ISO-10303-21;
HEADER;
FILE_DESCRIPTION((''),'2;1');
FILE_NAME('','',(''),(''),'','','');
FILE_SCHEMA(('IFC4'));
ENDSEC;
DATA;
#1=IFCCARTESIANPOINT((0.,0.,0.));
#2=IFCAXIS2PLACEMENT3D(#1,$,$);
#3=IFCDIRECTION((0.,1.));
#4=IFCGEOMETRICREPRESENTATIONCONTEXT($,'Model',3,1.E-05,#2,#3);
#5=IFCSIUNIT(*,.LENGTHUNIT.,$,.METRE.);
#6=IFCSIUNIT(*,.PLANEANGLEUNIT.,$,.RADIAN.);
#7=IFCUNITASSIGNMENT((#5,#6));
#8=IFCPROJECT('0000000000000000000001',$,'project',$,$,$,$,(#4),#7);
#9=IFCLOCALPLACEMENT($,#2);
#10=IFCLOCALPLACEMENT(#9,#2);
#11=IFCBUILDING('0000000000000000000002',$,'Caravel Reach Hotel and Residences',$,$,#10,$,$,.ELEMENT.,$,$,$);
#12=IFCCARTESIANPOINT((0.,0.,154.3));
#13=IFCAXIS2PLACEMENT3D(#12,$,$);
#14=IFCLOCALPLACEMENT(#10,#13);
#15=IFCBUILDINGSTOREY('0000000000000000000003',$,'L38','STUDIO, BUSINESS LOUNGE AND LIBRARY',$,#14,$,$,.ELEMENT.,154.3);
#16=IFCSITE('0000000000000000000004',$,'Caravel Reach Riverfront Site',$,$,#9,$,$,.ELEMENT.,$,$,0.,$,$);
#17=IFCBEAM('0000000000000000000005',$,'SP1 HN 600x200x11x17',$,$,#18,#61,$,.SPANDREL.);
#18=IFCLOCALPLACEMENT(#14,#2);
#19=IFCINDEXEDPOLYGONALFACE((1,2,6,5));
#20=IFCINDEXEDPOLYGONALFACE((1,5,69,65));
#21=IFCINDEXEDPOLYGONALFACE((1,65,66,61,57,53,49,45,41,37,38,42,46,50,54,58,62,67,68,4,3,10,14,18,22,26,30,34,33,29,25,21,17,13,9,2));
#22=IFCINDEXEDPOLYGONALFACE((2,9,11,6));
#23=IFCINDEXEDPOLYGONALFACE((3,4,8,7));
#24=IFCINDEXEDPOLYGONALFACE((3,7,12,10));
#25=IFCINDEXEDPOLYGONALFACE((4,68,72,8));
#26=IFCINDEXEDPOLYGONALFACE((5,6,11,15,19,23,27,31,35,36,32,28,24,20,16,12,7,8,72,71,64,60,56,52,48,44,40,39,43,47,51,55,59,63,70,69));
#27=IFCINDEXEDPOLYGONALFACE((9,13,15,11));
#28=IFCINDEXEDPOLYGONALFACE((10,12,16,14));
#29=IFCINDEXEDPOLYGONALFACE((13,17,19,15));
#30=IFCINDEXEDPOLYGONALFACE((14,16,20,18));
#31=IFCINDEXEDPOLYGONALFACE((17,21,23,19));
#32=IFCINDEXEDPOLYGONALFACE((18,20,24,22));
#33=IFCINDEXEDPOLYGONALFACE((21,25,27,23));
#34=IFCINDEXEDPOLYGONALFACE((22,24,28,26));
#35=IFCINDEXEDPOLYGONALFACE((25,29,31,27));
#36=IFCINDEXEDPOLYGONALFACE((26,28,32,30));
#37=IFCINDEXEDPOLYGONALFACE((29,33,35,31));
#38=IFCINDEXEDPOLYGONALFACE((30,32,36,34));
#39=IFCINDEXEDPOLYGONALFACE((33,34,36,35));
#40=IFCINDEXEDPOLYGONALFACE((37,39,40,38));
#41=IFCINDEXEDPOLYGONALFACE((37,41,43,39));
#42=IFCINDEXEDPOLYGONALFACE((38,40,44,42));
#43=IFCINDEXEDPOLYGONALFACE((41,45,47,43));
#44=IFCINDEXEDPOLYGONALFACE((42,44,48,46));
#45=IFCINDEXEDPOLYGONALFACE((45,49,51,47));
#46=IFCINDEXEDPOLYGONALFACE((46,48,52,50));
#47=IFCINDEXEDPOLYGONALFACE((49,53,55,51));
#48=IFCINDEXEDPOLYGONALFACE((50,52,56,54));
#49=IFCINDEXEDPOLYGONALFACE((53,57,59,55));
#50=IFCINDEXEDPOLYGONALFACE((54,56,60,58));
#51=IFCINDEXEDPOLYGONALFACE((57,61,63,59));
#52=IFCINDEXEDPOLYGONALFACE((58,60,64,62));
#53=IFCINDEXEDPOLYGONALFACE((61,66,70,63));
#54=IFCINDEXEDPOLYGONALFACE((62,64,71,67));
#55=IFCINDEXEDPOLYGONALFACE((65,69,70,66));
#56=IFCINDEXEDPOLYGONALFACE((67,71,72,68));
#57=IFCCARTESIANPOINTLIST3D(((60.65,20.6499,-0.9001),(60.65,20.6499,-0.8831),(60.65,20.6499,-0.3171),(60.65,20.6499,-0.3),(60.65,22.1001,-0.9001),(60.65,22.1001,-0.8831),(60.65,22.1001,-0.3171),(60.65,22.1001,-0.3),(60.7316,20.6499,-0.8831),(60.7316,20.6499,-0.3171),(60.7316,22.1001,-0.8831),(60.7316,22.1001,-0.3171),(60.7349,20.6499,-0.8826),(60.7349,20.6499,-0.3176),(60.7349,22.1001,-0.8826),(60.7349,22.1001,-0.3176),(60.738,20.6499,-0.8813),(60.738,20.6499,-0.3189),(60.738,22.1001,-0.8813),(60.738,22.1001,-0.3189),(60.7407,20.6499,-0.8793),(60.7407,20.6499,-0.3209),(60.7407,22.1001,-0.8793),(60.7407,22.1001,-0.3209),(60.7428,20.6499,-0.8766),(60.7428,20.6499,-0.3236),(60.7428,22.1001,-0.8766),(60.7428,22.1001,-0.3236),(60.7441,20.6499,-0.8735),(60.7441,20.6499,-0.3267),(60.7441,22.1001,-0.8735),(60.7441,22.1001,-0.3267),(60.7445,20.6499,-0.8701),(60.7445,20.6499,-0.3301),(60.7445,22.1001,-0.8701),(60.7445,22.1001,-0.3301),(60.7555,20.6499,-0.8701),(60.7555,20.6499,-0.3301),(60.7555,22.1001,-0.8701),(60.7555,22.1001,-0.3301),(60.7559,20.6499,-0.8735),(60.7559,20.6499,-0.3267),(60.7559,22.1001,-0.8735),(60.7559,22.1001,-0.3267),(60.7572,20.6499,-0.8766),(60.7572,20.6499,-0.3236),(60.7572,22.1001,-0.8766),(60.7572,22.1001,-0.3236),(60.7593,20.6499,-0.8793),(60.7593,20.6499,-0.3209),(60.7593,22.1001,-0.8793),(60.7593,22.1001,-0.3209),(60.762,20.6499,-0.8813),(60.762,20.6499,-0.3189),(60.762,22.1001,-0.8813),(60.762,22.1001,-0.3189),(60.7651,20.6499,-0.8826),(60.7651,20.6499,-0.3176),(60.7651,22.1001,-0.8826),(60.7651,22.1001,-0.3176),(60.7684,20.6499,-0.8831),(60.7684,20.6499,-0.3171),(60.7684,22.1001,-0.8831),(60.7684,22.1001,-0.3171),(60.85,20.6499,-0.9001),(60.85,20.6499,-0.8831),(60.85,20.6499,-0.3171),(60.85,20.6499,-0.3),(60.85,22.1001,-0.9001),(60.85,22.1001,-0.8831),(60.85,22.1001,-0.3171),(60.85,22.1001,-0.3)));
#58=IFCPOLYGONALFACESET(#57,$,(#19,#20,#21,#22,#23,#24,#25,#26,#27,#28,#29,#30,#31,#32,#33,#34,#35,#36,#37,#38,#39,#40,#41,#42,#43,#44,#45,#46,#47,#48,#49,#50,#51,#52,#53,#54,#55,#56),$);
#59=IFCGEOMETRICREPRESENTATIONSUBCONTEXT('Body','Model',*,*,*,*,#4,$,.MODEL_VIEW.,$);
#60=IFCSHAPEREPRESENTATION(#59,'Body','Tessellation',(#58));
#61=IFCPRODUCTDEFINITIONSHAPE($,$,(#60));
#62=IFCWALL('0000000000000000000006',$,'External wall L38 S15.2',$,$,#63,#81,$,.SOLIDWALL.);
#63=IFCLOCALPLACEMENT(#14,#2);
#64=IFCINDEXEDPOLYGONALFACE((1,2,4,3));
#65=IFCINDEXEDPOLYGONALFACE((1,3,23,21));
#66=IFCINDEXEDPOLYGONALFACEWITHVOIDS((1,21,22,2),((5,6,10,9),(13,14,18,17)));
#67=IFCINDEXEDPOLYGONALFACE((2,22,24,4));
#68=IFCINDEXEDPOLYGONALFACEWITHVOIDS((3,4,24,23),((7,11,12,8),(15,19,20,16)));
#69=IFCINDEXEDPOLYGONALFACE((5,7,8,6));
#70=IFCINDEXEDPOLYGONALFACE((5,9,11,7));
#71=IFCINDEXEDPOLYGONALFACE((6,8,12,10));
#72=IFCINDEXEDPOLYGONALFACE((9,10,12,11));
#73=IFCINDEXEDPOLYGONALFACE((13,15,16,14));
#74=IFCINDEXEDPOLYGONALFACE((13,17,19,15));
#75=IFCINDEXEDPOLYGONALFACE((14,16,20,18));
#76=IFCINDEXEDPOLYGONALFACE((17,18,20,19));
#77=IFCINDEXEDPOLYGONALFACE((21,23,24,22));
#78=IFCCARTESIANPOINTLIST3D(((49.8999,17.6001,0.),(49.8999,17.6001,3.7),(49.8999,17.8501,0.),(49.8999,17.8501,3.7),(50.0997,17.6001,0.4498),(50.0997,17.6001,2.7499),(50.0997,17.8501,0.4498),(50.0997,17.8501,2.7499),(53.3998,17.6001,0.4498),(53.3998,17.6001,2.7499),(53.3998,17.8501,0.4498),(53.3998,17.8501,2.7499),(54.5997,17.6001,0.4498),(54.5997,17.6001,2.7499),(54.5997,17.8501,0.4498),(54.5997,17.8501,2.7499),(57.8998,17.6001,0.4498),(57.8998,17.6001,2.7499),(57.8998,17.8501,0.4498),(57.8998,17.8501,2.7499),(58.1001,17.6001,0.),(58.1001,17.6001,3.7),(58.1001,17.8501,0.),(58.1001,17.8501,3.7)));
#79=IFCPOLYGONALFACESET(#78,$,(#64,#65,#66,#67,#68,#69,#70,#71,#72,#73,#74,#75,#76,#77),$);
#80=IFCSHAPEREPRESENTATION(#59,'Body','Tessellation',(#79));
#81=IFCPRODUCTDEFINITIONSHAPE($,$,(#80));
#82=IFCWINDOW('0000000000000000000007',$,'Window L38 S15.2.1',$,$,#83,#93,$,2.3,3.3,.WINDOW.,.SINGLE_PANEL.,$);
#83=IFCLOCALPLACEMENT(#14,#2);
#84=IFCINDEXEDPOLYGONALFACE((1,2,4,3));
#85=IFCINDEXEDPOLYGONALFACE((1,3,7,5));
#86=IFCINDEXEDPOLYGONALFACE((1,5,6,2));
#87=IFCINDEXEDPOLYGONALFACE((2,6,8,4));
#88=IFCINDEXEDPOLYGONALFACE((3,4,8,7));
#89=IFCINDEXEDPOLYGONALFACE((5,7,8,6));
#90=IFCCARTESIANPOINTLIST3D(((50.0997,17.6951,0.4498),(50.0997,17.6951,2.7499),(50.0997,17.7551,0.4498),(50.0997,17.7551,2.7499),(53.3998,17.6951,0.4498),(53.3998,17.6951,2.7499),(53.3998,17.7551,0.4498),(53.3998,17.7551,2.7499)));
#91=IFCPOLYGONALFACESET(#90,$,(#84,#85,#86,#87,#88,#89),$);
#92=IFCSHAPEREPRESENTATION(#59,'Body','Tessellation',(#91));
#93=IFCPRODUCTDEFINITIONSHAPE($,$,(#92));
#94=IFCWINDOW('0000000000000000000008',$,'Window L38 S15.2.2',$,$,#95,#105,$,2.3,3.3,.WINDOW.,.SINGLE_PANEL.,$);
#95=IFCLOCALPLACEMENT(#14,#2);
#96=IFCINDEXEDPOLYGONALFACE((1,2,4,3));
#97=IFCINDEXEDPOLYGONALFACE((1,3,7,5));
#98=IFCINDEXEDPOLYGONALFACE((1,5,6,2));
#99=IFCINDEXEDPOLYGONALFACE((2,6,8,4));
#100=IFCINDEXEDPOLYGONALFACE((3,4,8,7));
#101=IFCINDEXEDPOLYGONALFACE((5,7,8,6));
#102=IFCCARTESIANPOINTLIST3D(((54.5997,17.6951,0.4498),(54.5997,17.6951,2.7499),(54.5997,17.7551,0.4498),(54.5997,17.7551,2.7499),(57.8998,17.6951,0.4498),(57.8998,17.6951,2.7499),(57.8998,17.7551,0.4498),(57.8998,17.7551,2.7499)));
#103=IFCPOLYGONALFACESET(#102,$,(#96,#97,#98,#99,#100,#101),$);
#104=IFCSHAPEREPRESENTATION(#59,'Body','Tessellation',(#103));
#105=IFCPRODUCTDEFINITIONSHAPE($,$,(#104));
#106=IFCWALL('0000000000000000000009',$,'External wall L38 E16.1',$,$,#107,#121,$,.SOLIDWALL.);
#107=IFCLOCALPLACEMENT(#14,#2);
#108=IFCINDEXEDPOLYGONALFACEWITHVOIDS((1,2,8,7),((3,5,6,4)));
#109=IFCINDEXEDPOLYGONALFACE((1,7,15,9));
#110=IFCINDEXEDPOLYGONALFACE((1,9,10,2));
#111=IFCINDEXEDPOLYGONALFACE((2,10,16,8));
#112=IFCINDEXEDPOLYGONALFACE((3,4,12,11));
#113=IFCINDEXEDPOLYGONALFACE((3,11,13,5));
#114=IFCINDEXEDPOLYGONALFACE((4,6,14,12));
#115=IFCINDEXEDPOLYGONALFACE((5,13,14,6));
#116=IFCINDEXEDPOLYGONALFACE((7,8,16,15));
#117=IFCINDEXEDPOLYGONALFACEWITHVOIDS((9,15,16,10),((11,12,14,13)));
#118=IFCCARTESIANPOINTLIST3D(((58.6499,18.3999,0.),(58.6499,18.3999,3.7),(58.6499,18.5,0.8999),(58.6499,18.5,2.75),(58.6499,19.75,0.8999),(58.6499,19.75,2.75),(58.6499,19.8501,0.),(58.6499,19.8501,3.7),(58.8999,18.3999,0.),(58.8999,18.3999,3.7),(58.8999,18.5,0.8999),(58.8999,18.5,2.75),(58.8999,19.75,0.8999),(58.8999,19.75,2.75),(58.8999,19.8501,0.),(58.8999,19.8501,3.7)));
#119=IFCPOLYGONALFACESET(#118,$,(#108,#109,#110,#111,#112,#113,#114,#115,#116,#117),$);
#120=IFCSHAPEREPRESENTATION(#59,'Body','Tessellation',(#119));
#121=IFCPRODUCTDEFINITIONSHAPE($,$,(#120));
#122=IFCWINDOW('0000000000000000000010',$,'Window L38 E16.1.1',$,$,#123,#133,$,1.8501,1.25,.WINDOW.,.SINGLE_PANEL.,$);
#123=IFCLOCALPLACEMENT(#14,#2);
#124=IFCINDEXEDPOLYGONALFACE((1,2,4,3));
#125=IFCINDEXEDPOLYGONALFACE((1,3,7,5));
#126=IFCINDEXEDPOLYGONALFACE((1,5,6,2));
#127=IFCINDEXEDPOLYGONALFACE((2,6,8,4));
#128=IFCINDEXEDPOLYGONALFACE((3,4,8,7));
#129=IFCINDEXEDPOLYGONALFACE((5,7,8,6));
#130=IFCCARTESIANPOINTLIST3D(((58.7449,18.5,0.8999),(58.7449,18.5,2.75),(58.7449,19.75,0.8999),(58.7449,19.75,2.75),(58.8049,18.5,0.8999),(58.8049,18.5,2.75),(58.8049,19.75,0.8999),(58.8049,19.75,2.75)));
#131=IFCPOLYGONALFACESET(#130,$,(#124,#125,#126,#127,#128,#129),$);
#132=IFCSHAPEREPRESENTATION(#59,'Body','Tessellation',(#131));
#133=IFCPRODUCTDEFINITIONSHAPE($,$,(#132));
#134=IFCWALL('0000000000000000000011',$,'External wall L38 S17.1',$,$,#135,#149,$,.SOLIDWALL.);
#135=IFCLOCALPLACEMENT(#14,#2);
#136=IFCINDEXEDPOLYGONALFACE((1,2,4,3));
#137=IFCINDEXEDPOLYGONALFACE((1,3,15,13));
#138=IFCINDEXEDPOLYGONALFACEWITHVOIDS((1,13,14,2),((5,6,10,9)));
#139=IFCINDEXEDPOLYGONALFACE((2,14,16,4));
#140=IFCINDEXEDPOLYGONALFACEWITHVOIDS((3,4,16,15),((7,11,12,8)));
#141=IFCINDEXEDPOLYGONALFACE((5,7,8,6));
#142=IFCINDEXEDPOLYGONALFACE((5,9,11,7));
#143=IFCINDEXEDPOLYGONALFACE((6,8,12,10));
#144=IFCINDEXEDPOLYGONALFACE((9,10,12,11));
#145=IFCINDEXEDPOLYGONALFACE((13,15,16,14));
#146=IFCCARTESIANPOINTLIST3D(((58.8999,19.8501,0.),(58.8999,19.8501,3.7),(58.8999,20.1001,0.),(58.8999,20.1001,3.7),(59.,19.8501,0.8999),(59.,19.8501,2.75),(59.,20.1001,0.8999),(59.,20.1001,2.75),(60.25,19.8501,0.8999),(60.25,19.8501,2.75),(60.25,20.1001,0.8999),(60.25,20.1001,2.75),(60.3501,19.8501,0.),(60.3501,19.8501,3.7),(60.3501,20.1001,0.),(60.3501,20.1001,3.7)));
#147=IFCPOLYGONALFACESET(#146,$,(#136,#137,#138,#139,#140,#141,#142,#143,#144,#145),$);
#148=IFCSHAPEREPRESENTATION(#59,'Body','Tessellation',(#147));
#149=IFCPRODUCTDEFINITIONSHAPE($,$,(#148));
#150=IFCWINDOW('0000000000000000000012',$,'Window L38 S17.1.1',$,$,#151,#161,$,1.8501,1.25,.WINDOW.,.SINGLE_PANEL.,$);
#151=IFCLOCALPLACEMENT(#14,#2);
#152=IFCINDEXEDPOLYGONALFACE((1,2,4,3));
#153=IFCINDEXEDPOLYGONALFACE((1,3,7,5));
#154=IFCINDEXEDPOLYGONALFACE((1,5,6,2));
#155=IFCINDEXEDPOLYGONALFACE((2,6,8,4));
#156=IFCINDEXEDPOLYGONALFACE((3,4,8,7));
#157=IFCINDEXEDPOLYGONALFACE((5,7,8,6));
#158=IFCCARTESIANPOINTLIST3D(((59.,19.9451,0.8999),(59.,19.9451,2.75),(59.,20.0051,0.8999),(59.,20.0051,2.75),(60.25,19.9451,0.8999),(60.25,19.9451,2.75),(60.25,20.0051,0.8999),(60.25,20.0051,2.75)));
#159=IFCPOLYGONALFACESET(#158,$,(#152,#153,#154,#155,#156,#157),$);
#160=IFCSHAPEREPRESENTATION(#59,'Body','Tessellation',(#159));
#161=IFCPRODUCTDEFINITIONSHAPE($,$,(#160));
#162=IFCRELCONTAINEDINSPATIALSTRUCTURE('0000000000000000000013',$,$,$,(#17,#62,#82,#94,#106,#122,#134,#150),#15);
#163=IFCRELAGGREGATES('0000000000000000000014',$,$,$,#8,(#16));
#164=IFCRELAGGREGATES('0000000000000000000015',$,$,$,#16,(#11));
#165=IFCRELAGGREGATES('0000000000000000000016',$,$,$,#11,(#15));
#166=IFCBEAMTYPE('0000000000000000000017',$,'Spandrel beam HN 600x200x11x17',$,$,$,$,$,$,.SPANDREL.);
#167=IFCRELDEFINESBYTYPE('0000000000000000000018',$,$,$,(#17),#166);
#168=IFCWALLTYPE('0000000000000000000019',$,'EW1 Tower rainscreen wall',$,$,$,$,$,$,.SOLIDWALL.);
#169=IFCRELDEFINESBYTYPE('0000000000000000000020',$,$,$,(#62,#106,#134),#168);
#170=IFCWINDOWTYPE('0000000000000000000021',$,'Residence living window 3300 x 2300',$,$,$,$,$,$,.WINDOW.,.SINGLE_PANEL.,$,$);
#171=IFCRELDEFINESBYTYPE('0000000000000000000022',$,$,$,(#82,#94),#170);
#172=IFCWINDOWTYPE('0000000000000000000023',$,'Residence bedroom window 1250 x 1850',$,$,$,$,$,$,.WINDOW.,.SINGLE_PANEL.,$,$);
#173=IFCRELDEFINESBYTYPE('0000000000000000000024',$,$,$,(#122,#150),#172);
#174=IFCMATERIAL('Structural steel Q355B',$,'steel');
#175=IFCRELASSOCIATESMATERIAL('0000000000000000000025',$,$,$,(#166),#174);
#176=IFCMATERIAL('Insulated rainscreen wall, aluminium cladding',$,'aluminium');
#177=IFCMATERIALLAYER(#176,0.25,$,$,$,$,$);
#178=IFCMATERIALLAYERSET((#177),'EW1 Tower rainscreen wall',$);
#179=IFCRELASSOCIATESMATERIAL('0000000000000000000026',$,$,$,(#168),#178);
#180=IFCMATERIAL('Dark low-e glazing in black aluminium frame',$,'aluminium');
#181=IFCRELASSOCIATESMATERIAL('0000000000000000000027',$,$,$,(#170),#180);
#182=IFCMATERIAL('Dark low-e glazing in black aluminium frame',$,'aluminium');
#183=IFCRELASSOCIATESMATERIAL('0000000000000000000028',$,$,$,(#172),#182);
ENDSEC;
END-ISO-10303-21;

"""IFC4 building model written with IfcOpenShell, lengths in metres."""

from ifc_helpers import new_model, si_unit, direction, frame, frame_2d, origin, origin_2d, place, context, subcontext, project, spatial, rectangle, i_section, extrude, material, layer, layer_set, material_profile, profile_set, type_object, element, fill, save


model = new_model("IFC4")

# Units and contexts
model_context = context("Model", 3, precision=1e-05, world=origin(), true_north=direction((0.0, 1.0)))
body_context = subcontext(model_context, "Body", "Model", "MODEL_VIEW")
ifc_project = project(units=[si_unit("LENGTHUNIT", "METRE"), si_unit("PLANEANGLEUNIT", "RADIAN")], contexts=[model_context])

# Site, building, storey
site_placement = place(None, origin())
site = spatial("IfcSite", under=ifc_project, at=site_placement, Name="Caravel Reach Riverfront Site", CompositionType="ELEMENT", RefElevation=0.0)
building_placement = place(site_placement, origin())
building = spatial("IfcBuilding", under=site, at=building_placement, Name="Caravel Reach Hotel and Residences", CompositionType="ELEMENT")
storey_placement = place(building_placement, frame((0.0, 0.0, 154.3)))
storey = spatial("IfcBuildingStorey", under=building, at=storey_placement, Name="L38", Description="STUDIO, BUSINESS LOUNGE AND LIBRARY", CompositionType="ELEMENT", Elevation=154.3)

# Beam
ifc_material_1 = material(Name="Structural steel Q355B", Category="steel")
ifc_material_profile_1 = material_profile(ifc_material_1, i_section(OverallWidth=0.2, OverallDepth=0.6001, WebThickness=0.011, FlangeThickness=0.0171, FilletRadius=0.0129, at=origin_2d()), Name="HN 600x200x11x17")
ifc_profile_set_1 = profile_set([ifc_material_profile_1], Name="Structural steel Q355B")
beam_type_1 = type_object("IfcBeamType", Name="Spandrel beam HN 600x200x11x17", PredefinedType="SPANDREL", material=ifc_profile_set_1)
for number, where, z_axis, x_axis, name in (
    (1, (60.75, 20.6499, -0.6001), (0.0, 1.0, 0.0), (-1.0, 0.0, 0.0), "SP1 HN 600x200x11x17"),
):
    element("IfcBeam", number, at=place(storey_placement, frame(where, z_axis=z_axis, x_axis=x_axis)), inside=storey, type_object=beam_type_1, Name=name, PredefinedType="SPANDREL", context=body_context, shape_type="SweptSolid", body=[
        extrude(i_section(OverallWidth=0.2, OverallDepth=0.6001, WebThickness=0.011, FlangeThickness=0.0171, FilletRadius=0.0129, at=origin_2d()), origin(), (0.0, 0.0, 1.0), 1.4502),
    ])

# Wall, openings, windows
ifc_material_2 = material(Name="Insulated rainscreen wall, aluminium cladding", Category="aluminium")
ifc_layer_1 = layer(ifc_material_2, 0.25)
ifc_layer_set_1 = layer_set([ifc_layer_1], Name="EW1 Tower rainscreen wall")
wall_type_1 = type_object("IfcWallType", Name="EW1 Tower rainscreen wall", PredefinedType="SOLIDWALL", material=ifc_layer_set_1)
wall_1_placement = place(storey_placement, frame((49.8999, 17.7251, 0.0), z_axis=(0.0, 0.0, 1.0), x_axis=(1.0, 0.0, 0.0)))
wall_1 = element("IfcWall", 2, at=wall_1_placement, inside=storey, type_object=wall_type_1, Name="External wall L38 S15.2", PredefinedType="SOLIDWALL", context=body_context, shape_type="SweptSolid", body=[
    extrude(rectangle(XDim=8.2002, YDim=0.25, at=frame_2d((4.1001, 0.0))), origin(), (0.0, 0.0, 1.0), 3.7),
])
opening_1_placement = place(wall_1_placement, frame((0.2, 0.0, 0.45)))
opening_1 = element("IfcOpeningElement", 3, at=opening_1_placement, cuts=wall_1, PredefinedType="OPENING", context=body_context, shape_type="SweptSolid", body=[
    extrude(rectangle(XDim=3.3, YDim=2.3, at=frame_2d((1.6499, 1.1499))), frame((0.0, 0.135, 0.0), z_axis=(0.0, -1.0, 0.0), x_axis=(1.0, 0.0, 0.0)), (0.0, 0.0, 1.0), 0.27),
])
opening_2_placement = place(wall_1_placement, frame((4.7, 0.0, 0.45)))
opening_2 = element("IfcOpeningElement", 4, at=opening_2_placement, cuts=wall_1, PredefinedType="OPENING", context=body_context, shape_type="SweptSolid", body=[
    extrude(rectangle(XDim=3.3, YDim=2.3, at=frame_2d((1.6499, 1.1499))), frame((0.0, 0.135, 0.0), z_axis=(0.0, -1.0, 0.0), x_axis=(1.0, 0.0, 0.0)), (0.0, 0.0, 1.0), 0.27),
])
ifc_material_3 = material(Name="Dark low-e glazing in black aluminium frame", Category="aluminium")
window_type_1 = type_object("IfcWindowType", Name="Residence living window 3300 x 2300", PartitioningType="SINGLE_PANEL", PredefinedType="WINDOW", material=ifc_material_3)
window_1_placement = place(opening_1_placement, origin())
window_1 = element("IfcWindow", 5, at=window_1_placement, inside=storey, type_object=window_type_1, Name="Window L38 S15.2.1", OverallHeight=2.3, OverallWidth=3.3, PartitioningType="SINGLE_PANEL", PredefinedType="WINDOW", context=body_context, shape_type="SweptSolid", body=[
    extrude(rectangle(XDim=3.3, YDim=2.3, at=frame_2d((1.6499, 1.1499))), frame((0.0, 0.03, 0.0), z_axis=(0.0, -1.0, 0.0), x_axis=(1.0, 0.0, 0.0)), (0.0, 0.0, 1.0), 0.0601),
])
fill(opening_1, window_1)
window_2_placement = place(opening_2_placement, origin())
window_2 = element("IfcWindow", 6, at=window_2_placement, inside=storey, type_object=window_type_1, Name="Window L38 S15.2.2", OverallHeight=2.3, OverallWidth=3.3, PartitioningType="SINGLE_PANEL", PredefinedType="WINDOW", context=body_context, shape_type="SweptSolid", body=[
    extrude(rectangle(XDim=3.3, YDim=2.3, at=frame_2d((1.6499, 1.1499))), frame((0.0, 0.03, 0.0), z_axis=(0.0, -1.0, 0.0), x_axis=(1.0, 0.0, 0.0)), (0.0, 0.0, 1.0), 0.0601),
])
fill(opening_2, window_2)

# Walls, openings, windows
wall_2_placement = place(storey_placement, frame((58.7749, 18.3999, 0.0), z_axis=(0.0, 0.0, 1.0), x_axis=(0.0, 1.0, 0.0)))
wall_2 = element("IfcWall", 7, at=wall_2_placement, inside=storey, type_object=wall_type_1, Name="External wall L38 E16.1", PredefinedType="SOLIDWALL", context=body_context, shape_type="SweptSolid", body=[
    extrude(rectangle(XDim=1.4502, YDim=0.25, at=frame_2d((0.7251, 0.0))), origin(), (0.0, 0.0, 1.0), 3.7),
])
opening_3_placement = place(wall_2_placement, frame((0.1001, 0.0, 0.8999)))
opening_3 = element("IfcOpeningElement", 8, at=opening_3_placement, cuts=wall_2, PredefinedType="OPENING", context=body_context, shape_type="SweptSolid", body=[
    extrude(rectangle(XDim=1.25, YDim=1.8501, at=frame_2d((0.625, 0.925))), frame((0.0, 0.135, 0.0), z_axis=(0.0, -1.0, 0.0), x_axis=(1.0, 0.0, 0.0)), (0.0, 0.0, 1.0), 0.27),
])
ifc_material_4 = material(Name="Dark low-e glazing in black aluminium frame", Category="aluminium")
window_type_2 = type_object("IfcWindowType", Name="Residence bedroom window 1250 x 1850", PartitioningType="SINGLE_PANEL", PredefinedType="WINDOW", material=ifc_material_4)
window_3_placement = place(opening_3_placement, origin())
window_3 = element("IfcWindow", 9, at=window_3_placement, inside=storey, type_object=window_type_2, Name="Window L38 E16.1.1", OverallHeight=1.8501, OverallWidth=1.25, PartitioningType="SINGLE_PANEL", PredefinedType="WINDOW", context=body_context, shape_type="SweptSolid", body=[
    extrude(rectangle(XDim=1.25, YDim=1.8501, at=frame_2d((0.625, 0.925))), frame((0.0, 0.03, 0.0), z_axis=(0.0, -1.0, 0.0), x_axis=(1.0, 0.0, 0.0)), (0.0, 0.0, 1.0), 0.0601),
])
fill(opening_3, window_3)
wall_3_placement = place(storey_placement, frame((58.8999, 19.9751, 0.0), z_axis=(0.0, 0.0, 1.0), x_axis=(1.0, 0.0, 0.0)))
wall_3 = element("IfcWall", 10, at=wall_3_placement, inside=storey, type_object=wall_type_1, Name="External wall L38 S17.1", PredefinedType="SOLIDWALL", context=body_context, shape_type="SweptSolid", body=[
    extrude(rectangle(XDim=1.4502, YDim=0.25, at=frame_2d((0.7251, 0.0))), origin(), (0.0, 0.0, 1.0), 3.7),
])
opening_4_placement = place(wall_3_placement, frame((0.1001, 0.0, 0.8999)))
opening_4 = element("IfcOpeningElement", 11, at=opening_4_placement, cuts=wall_3, PredefinedType="OPENING", context=body_context, shape_type="SweptSolid", body=[
    extrude(rectangle(XDim=1.25, YDim=1.8501, at=frame_2d((0.625, 0.925))), frame((0.0, 0.135, 0.0), z_axis=(0.0, -1.0, 0.0), x_axis=(1.0, 0.0, 0.0)), (0.0, 0.0, 1.0), 0.27),
])
window_4_placement = place(opening_4_placement, origin())
window_4 = element("IfcWindow", 12, at=window_4_placement, inside=storey, type_object=window_type_2, Name="Window L38 S17.1.1", OverallHeight=1.8501, OverallWidth=1.25, PartitioningType="SINGLE_PANEL", PredefinedType="WINDOW", context=body_context, shape_type="SweptSolid", body=[
    extrude(rectangle(XDim=1.25, YDim=1.8501, at=frame_2d((0.625, 0.925))), frame((0.0, 0.03, 0.0), z_axis=(0.0, -1.0, 0.0), x_axis=(1.0, 0.0, 0.0)), (0.0, 0.0, 1.0), 0.0601),
])
fill(opening_4, window_4)

save(model, "model.ifc")
